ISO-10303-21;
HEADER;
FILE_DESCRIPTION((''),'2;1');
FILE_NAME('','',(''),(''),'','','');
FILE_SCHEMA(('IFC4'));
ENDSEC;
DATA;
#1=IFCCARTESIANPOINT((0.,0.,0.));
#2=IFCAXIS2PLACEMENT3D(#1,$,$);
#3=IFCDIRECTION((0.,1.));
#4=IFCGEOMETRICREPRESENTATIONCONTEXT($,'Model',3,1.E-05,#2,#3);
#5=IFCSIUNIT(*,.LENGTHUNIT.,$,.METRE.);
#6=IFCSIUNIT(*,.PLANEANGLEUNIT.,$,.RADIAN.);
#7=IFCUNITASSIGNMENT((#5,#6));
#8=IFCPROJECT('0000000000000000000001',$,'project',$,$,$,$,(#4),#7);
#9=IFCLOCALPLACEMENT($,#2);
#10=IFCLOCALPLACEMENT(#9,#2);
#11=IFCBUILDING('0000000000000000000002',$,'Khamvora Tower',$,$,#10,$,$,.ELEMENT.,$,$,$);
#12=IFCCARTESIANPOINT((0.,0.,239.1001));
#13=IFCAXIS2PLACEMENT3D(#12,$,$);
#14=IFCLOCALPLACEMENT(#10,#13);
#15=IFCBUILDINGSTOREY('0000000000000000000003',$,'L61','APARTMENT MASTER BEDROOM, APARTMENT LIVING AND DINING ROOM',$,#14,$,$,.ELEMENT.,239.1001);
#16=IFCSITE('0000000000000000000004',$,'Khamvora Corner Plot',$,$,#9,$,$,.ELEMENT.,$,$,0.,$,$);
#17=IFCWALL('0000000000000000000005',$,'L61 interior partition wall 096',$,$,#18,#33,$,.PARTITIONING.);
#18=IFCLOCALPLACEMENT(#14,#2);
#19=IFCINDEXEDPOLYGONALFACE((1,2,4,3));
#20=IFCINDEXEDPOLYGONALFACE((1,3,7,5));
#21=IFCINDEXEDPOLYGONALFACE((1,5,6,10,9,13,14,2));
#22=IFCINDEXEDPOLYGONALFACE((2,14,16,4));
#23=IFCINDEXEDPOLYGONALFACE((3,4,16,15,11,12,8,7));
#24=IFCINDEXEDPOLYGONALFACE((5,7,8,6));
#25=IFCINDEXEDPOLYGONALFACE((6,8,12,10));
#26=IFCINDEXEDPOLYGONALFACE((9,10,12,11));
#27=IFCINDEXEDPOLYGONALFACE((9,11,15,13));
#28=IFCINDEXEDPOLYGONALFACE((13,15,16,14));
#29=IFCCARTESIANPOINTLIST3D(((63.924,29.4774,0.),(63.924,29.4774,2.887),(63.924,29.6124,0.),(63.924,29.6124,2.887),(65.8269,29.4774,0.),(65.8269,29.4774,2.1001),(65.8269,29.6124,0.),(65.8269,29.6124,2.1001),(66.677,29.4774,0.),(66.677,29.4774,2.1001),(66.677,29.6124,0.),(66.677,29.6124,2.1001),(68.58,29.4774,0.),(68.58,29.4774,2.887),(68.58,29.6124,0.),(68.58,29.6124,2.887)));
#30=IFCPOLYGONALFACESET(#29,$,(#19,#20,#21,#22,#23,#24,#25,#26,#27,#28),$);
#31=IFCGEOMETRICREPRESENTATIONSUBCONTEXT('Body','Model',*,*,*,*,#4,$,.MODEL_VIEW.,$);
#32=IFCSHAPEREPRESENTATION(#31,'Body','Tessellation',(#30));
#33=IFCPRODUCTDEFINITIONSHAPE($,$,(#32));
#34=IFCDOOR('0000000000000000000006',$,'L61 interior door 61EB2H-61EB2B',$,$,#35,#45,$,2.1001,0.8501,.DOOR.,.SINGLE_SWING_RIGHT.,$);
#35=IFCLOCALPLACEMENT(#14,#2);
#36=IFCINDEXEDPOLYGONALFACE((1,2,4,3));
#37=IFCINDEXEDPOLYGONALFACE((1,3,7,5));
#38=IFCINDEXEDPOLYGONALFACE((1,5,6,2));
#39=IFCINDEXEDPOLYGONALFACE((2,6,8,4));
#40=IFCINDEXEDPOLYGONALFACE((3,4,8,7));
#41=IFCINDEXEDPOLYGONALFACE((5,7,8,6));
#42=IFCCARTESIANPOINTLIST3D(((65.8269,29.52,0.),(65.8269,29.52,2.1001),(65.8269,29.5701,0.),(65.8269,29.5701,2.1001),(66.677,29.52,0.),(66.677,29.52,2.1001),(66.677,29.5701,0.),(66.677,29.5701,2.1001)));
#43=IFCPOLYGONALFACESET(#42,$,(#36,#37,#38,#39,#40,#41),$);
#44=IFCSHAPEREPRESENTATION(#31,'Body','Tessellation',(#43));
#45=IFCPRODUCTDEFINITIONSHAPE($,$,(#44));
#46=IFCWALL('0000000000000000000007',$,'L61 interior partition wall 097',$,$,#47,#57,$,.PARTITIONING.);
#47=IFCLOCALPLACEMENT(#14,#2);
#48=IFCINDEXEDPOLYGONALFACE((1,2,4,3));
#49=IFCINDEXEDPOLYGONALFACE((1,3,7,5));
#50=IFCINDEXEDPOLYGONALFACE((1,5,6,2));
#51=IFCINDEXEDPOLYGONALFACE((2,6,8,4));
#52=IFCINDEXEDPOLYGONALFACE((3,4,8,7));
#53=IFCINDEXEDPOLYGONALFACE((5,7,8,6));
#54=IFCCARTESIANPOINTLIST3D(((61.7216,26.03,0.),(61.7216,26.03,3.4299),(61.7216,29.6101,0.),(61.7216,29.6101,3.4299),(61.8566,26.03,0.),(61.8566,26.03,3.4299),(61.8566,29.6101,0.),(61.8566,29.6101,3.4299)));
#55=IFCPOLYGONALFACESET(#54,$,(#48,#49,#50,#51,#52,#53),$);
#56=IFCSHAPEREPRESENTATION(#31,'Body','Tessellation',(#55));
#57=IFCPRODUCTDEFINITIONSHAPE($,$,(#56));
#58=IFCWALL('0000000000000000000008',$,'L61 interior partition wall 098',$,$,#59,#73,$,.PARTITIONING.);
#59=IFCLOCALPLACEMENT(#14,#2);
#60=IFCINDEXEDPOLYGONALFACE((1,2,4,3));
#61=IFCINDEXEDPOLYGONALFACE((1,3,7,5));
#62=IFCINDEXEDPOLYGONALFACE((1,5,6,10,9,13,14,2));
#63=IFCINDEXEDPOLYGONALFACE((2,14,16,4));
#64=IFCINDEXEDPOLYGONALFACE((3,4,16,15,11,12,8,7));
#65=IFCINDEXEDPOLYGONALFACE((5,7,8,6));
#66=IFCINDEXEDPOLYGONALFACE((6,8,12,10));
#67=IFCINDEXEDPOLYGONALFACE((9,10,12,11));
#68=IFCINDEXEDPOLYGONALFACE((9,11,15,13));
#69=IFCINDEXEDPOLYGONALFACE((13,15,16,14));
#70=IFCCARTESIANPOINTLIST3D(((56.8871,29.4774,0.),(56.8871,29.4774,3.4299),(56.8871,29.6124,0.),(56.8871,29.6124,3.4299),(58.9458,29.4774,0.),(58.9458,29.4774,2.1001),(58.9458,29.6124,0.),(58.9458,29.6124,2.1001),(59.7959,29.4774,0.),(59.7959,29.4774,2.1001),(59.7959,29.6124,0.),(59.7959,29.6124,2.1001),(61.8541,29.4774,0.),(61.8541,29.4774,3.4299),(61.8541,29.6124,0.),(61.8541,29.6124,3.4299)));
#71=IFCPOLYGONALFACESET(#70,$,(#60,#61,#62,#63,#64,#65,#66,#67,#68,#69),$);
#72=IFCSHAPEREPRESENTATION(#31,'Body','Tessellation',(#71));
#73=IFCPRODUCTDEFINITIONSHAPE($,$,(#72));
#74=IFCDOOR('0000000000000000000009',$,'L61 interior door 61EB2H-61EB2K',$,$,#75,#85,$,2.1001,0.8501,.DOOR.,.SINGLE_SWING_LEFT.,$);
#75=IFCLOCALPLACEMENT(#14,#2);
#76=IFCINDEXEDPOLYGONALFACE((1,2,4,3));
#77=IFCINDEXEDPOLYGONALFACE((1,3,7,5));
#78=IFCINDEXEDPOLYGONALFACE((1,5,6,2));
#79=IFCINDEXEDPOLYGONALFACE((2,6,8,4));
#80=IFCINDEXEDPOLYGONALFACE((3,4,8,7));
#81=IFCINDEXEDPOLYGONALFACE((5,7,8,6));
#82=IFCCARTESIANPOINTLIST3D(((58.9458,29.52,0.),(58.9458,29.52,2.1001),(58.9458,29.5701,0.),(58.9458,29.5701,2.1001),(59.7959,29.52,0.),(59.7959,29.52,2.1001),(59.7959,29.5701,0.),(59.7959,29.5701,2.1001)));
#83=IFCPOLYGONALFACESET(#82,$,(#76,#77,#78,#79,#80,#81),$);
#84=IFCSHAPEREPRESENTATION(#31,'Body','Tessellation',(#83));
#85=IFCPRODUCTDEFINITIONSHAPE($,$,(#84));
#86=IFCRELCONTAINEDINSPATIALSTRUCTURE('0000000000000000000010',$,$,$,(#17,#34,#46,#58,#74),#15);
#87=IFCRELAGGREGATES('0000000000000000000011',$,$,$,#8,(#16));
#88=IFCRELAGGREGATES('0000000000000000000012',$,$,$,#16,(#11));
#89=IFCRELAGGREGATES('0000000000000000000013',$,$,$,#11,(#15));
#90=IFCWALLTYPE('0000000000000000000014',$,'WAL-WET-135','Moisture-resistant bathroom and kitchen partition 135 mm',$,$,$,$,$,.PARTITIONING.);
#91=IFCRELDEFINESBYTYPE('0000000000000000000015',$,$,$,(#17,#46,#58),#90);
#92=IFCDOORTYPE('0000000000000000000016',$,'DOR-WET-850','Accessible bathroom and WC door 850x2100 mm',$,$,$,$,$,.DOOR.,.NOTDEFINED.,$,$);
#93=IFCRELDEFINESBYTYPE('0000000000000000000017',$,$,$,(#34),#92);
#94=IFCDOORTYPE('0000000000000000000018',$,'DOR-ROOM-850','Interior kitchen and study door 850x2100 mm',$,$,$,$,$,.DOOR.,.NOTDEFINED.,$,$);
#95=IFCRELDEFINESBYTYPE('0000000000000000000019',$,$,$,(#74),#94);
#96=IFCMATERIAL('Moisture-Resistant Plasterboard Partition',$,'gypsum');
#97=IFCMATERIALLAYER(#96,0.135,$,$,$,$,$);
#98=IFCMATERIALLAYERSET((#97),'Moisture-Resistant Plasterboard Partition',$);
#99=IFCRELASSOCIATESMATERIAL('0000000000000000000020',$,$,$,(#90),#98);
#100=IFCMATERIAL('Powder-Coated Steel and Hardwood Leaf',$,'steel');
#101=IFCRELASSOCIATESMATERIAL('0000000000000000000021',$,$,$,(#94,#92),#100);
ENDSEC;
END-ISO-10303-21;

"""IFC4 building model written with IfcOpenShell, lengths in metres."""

from ifc_helpers import new_model, si_unit, direction, frame, frame_2d, origin, place, context, subcontext, project, spatial, rectangle, extrude, material, layer, layer_set, type_object, element, fill, save


model = new_model("IFC4")

# Units and contexts
model_context = context("Model", 3, precision=1e-05, world=origin(), true_north=direction((0.0, 1.0)))
body_context = subcontext(model_context, "Body", "Model", "MODEL_VIEW")
ifc_project = project(units=[si_unit("LENGTHUNIT", "METRE"), si_unit("PLANEANGLEUNIT", "RADIAN")], contexts=[model_context])

# Site, building, storey
site_placement = place(None, origin())
site = spatial("IfcSite", under=ifc_project, at=site_placement, Name="Khamvora Corner Plot", CompositionType="ELEMENT", RefElevation=0.0)
building_placement = place(site_placement, origin())
building = spatial("IfcBuilding", under=site, at=building_placement, Name="Khamvora Tower", CompositionType="ELEMENT")
storey_placement = place(building_placement, frame((0.0, 0.0, 239.1001)))
storey = spatial("IfcBuildingStorey", under=building, at=storey_placement, Name="L61", Description="APARTMENT MASTER BEDROOM, APARTMENT LIVING AND DINING ROOM", CompositionType="ELEMENT", Elevation=239.1001)

# Shared definitions
ifc_material_1 = material(Name="Powder-Coated Steel and Hardwood Leaf", Category="steel")

# Shared definitions
ifc_material_2 = material(Name="Moisture-Resistant Plasterboard Partition", Category="gypsum")
ifc_layer_1 = layer(ifc_material_2, 0.135)
ifc_layer_set_1 = layer_set([ifc_layer_1], Name="Moisture-Resistant Plasterboard Partition")
wall_type_1 = type_object("IfcWallType", Name="WAL-WET-135", Description="Moisture-resistant bathroom and kitchen partition 135 mm", PredefinedType="PARTITIONING", material=ifc_layer_set_1)
door_type_1 = type_object("IfcDoorType", Name="DOR-ROOM-850", Description="Interior kitchen and study door 850x2100 mm", OperationType="NOTDEFINED", PredefinedType="DOOR", material=ifc_material_1)

# Wall, opening, door
wall_1_placement = place(storey_placement, frame((68.5801, 29.5449, 0.0), z_axis=(0.0, 0.0, 1.0), x_axis=(-1.0, 0.0, 0.0)))
wall_1 = element("IfcWall", 1, at=wall_1_placement, inside=storey, type_object=wall_type_1, Name="L61 interior partition wall 096", PredefinedType="PARTITIONING", context=body_context, shape_type="SweptSolid", body=[
    extrude(rectangle(XDim=4.656, YDim=0.135, at=frame_2d((2.3281, 0.0))), origin(), (0.0, 0.0, 1.0), 2.887),
])
opening_1_placement = place(wall_1_placement, frame((1.9031, 0.0, 0.0)))
opening_1 = element("IfcOpeningElement", 2, at=opening_1_placement, cuts=wall_1, PredefinedType="OPENING", context=body_context, shape_type="SweptSolid", body=[
    extrude(rectangle(XDim=0.8501, YDim=2.1001, at=frame_2d((0.425, 1.05))), frame((0.0, 0.0774, 0.0), z_axis=(0.0, -1.0, 0.0), x_axis=(1.0, 0.0, 0.0)), (0.0, 0.0, 1.0), 0.155),
])
door_type_2 = type_object("IfcDoorType", Name="DOR-WET-850", Description="Accessible bathroom and WC door 850x2100 mm", OperationType="NOTDEFINED", PredefinedType="DOOR", material=ifc_material_1)
door_1_placement = place(opening_1_placement, origin())
door_1 = element("IfcDoor", 3, at=door_1_placement, inside=storey, type_object=door_type_2, Name="L61 interior door 61EB2H-61EB2B", OperationType="SINGLE_SWING_RIGHT", OverallHeight=2.1001, OverallWidth=0.8501, PredefinedType="DOOR", context=body_context, shape_type="SweptSolid", body=[
    extrude(rectangle(XDim=0.8501, YDim=2.1001, at=frame_2d((0.425, 1.05))), frame((0.0, 0.0249, 0.0), z_axis=(0.0, -1.0, 0.0), x_axis=(1.0, 0.0, 0.0)), (0.0, 0.0, 1.0), 0.05),
])
fill(opening_1, door_1)

# Wall
wall_2_placement = place(storey_placement, frame((61.7891, 26.03, 0.0), z_axis=(0.0, 0.0, 1.0), x_axis=(0.0, 1.0, 0.0)))
element("IfcWall", 4, at=wall_2_placement, inside=storey, type_object=wall_type_1, Name="L61 interior partition wall 097", PredefinedType="PARTITIONING", context=body_context, shape_type="SweptSolid", body=[
    extrude(rectangle(XDim=3.5801, YDim=0.135, at=frame_2d((1.79, 0.0))), origin(), (0.0, 0.0, 1.0), 3.4299),
])

# Wall, opening, door
wall_3_placement = place(storey_placement, frame((61.854, 29.5449, 0.0), z_axis=(0.0, 0.0, 1.0), x_axis=(-1.0, 0.0, 0.0)))
wall_3 = element("IfcWall", 5, at=wall_3_placement, inside=storey, type_object=wall_type_1, Name="L61 interior partition wall 098", PredefinedType="PARTITIONING", context=body_context, shape_type="SweptSolid", body=[
    extrude(rectangle(XDim=4.967, YDim=0.135, at=frame_2d((2.4834, 0.0))), origin(), (0.0, 0.0, 1.0), 3.4299),
])
opening_2_placement = place(wall_3_placement, frame((2.0581, 0.0, 0.0)))
opening_2 = element("IfcOpeningElement", 6, at=opening_2_placement, cuts=wall_3, PredefinedType="OPENING", context=body_context, shape_type="SweptSolid", body=[
    extrude(rectangle(XDim=0.8501, YDim=2.1001, at=frame_2d((0.425, 1.05))), frame((0.0, 0.0774, 0.0), z_axis=(0.0, -1.0, 0.0), x_axis=(1.0, 0.0, 0.0)), (0.0, 0.0, 1.0), 0.155),
])
door_2_placement = place(opening_2_placement, origin())
door_2 = element("IfcDoor", 7, at=door_2_placement, inside=storey, type_object=door_type_1, Name="L61 interior door 61EB2H-61EB2K", OperationType="SINGLE_SWING_LEFT", OverallHeight=2.1001, OverallWidth=0.8501, PredefinedType="DOOR", context=body_context, shape_type="SweptSolid", body=[
    extrude(rectangle(XDim=0.8501, YDim=2.1001, at=frame_2d((0.425, 1.05))), frame((0.0, 0.0249, 0.0), z_axis=(0.0, -1.0, 0.0), x_axis=(1.0, 0.0, 0.0)), (0.0, 0.0, 1.0), 0.05),
])
fill(opening_2, door_2)

save(model, "model.ifc")
